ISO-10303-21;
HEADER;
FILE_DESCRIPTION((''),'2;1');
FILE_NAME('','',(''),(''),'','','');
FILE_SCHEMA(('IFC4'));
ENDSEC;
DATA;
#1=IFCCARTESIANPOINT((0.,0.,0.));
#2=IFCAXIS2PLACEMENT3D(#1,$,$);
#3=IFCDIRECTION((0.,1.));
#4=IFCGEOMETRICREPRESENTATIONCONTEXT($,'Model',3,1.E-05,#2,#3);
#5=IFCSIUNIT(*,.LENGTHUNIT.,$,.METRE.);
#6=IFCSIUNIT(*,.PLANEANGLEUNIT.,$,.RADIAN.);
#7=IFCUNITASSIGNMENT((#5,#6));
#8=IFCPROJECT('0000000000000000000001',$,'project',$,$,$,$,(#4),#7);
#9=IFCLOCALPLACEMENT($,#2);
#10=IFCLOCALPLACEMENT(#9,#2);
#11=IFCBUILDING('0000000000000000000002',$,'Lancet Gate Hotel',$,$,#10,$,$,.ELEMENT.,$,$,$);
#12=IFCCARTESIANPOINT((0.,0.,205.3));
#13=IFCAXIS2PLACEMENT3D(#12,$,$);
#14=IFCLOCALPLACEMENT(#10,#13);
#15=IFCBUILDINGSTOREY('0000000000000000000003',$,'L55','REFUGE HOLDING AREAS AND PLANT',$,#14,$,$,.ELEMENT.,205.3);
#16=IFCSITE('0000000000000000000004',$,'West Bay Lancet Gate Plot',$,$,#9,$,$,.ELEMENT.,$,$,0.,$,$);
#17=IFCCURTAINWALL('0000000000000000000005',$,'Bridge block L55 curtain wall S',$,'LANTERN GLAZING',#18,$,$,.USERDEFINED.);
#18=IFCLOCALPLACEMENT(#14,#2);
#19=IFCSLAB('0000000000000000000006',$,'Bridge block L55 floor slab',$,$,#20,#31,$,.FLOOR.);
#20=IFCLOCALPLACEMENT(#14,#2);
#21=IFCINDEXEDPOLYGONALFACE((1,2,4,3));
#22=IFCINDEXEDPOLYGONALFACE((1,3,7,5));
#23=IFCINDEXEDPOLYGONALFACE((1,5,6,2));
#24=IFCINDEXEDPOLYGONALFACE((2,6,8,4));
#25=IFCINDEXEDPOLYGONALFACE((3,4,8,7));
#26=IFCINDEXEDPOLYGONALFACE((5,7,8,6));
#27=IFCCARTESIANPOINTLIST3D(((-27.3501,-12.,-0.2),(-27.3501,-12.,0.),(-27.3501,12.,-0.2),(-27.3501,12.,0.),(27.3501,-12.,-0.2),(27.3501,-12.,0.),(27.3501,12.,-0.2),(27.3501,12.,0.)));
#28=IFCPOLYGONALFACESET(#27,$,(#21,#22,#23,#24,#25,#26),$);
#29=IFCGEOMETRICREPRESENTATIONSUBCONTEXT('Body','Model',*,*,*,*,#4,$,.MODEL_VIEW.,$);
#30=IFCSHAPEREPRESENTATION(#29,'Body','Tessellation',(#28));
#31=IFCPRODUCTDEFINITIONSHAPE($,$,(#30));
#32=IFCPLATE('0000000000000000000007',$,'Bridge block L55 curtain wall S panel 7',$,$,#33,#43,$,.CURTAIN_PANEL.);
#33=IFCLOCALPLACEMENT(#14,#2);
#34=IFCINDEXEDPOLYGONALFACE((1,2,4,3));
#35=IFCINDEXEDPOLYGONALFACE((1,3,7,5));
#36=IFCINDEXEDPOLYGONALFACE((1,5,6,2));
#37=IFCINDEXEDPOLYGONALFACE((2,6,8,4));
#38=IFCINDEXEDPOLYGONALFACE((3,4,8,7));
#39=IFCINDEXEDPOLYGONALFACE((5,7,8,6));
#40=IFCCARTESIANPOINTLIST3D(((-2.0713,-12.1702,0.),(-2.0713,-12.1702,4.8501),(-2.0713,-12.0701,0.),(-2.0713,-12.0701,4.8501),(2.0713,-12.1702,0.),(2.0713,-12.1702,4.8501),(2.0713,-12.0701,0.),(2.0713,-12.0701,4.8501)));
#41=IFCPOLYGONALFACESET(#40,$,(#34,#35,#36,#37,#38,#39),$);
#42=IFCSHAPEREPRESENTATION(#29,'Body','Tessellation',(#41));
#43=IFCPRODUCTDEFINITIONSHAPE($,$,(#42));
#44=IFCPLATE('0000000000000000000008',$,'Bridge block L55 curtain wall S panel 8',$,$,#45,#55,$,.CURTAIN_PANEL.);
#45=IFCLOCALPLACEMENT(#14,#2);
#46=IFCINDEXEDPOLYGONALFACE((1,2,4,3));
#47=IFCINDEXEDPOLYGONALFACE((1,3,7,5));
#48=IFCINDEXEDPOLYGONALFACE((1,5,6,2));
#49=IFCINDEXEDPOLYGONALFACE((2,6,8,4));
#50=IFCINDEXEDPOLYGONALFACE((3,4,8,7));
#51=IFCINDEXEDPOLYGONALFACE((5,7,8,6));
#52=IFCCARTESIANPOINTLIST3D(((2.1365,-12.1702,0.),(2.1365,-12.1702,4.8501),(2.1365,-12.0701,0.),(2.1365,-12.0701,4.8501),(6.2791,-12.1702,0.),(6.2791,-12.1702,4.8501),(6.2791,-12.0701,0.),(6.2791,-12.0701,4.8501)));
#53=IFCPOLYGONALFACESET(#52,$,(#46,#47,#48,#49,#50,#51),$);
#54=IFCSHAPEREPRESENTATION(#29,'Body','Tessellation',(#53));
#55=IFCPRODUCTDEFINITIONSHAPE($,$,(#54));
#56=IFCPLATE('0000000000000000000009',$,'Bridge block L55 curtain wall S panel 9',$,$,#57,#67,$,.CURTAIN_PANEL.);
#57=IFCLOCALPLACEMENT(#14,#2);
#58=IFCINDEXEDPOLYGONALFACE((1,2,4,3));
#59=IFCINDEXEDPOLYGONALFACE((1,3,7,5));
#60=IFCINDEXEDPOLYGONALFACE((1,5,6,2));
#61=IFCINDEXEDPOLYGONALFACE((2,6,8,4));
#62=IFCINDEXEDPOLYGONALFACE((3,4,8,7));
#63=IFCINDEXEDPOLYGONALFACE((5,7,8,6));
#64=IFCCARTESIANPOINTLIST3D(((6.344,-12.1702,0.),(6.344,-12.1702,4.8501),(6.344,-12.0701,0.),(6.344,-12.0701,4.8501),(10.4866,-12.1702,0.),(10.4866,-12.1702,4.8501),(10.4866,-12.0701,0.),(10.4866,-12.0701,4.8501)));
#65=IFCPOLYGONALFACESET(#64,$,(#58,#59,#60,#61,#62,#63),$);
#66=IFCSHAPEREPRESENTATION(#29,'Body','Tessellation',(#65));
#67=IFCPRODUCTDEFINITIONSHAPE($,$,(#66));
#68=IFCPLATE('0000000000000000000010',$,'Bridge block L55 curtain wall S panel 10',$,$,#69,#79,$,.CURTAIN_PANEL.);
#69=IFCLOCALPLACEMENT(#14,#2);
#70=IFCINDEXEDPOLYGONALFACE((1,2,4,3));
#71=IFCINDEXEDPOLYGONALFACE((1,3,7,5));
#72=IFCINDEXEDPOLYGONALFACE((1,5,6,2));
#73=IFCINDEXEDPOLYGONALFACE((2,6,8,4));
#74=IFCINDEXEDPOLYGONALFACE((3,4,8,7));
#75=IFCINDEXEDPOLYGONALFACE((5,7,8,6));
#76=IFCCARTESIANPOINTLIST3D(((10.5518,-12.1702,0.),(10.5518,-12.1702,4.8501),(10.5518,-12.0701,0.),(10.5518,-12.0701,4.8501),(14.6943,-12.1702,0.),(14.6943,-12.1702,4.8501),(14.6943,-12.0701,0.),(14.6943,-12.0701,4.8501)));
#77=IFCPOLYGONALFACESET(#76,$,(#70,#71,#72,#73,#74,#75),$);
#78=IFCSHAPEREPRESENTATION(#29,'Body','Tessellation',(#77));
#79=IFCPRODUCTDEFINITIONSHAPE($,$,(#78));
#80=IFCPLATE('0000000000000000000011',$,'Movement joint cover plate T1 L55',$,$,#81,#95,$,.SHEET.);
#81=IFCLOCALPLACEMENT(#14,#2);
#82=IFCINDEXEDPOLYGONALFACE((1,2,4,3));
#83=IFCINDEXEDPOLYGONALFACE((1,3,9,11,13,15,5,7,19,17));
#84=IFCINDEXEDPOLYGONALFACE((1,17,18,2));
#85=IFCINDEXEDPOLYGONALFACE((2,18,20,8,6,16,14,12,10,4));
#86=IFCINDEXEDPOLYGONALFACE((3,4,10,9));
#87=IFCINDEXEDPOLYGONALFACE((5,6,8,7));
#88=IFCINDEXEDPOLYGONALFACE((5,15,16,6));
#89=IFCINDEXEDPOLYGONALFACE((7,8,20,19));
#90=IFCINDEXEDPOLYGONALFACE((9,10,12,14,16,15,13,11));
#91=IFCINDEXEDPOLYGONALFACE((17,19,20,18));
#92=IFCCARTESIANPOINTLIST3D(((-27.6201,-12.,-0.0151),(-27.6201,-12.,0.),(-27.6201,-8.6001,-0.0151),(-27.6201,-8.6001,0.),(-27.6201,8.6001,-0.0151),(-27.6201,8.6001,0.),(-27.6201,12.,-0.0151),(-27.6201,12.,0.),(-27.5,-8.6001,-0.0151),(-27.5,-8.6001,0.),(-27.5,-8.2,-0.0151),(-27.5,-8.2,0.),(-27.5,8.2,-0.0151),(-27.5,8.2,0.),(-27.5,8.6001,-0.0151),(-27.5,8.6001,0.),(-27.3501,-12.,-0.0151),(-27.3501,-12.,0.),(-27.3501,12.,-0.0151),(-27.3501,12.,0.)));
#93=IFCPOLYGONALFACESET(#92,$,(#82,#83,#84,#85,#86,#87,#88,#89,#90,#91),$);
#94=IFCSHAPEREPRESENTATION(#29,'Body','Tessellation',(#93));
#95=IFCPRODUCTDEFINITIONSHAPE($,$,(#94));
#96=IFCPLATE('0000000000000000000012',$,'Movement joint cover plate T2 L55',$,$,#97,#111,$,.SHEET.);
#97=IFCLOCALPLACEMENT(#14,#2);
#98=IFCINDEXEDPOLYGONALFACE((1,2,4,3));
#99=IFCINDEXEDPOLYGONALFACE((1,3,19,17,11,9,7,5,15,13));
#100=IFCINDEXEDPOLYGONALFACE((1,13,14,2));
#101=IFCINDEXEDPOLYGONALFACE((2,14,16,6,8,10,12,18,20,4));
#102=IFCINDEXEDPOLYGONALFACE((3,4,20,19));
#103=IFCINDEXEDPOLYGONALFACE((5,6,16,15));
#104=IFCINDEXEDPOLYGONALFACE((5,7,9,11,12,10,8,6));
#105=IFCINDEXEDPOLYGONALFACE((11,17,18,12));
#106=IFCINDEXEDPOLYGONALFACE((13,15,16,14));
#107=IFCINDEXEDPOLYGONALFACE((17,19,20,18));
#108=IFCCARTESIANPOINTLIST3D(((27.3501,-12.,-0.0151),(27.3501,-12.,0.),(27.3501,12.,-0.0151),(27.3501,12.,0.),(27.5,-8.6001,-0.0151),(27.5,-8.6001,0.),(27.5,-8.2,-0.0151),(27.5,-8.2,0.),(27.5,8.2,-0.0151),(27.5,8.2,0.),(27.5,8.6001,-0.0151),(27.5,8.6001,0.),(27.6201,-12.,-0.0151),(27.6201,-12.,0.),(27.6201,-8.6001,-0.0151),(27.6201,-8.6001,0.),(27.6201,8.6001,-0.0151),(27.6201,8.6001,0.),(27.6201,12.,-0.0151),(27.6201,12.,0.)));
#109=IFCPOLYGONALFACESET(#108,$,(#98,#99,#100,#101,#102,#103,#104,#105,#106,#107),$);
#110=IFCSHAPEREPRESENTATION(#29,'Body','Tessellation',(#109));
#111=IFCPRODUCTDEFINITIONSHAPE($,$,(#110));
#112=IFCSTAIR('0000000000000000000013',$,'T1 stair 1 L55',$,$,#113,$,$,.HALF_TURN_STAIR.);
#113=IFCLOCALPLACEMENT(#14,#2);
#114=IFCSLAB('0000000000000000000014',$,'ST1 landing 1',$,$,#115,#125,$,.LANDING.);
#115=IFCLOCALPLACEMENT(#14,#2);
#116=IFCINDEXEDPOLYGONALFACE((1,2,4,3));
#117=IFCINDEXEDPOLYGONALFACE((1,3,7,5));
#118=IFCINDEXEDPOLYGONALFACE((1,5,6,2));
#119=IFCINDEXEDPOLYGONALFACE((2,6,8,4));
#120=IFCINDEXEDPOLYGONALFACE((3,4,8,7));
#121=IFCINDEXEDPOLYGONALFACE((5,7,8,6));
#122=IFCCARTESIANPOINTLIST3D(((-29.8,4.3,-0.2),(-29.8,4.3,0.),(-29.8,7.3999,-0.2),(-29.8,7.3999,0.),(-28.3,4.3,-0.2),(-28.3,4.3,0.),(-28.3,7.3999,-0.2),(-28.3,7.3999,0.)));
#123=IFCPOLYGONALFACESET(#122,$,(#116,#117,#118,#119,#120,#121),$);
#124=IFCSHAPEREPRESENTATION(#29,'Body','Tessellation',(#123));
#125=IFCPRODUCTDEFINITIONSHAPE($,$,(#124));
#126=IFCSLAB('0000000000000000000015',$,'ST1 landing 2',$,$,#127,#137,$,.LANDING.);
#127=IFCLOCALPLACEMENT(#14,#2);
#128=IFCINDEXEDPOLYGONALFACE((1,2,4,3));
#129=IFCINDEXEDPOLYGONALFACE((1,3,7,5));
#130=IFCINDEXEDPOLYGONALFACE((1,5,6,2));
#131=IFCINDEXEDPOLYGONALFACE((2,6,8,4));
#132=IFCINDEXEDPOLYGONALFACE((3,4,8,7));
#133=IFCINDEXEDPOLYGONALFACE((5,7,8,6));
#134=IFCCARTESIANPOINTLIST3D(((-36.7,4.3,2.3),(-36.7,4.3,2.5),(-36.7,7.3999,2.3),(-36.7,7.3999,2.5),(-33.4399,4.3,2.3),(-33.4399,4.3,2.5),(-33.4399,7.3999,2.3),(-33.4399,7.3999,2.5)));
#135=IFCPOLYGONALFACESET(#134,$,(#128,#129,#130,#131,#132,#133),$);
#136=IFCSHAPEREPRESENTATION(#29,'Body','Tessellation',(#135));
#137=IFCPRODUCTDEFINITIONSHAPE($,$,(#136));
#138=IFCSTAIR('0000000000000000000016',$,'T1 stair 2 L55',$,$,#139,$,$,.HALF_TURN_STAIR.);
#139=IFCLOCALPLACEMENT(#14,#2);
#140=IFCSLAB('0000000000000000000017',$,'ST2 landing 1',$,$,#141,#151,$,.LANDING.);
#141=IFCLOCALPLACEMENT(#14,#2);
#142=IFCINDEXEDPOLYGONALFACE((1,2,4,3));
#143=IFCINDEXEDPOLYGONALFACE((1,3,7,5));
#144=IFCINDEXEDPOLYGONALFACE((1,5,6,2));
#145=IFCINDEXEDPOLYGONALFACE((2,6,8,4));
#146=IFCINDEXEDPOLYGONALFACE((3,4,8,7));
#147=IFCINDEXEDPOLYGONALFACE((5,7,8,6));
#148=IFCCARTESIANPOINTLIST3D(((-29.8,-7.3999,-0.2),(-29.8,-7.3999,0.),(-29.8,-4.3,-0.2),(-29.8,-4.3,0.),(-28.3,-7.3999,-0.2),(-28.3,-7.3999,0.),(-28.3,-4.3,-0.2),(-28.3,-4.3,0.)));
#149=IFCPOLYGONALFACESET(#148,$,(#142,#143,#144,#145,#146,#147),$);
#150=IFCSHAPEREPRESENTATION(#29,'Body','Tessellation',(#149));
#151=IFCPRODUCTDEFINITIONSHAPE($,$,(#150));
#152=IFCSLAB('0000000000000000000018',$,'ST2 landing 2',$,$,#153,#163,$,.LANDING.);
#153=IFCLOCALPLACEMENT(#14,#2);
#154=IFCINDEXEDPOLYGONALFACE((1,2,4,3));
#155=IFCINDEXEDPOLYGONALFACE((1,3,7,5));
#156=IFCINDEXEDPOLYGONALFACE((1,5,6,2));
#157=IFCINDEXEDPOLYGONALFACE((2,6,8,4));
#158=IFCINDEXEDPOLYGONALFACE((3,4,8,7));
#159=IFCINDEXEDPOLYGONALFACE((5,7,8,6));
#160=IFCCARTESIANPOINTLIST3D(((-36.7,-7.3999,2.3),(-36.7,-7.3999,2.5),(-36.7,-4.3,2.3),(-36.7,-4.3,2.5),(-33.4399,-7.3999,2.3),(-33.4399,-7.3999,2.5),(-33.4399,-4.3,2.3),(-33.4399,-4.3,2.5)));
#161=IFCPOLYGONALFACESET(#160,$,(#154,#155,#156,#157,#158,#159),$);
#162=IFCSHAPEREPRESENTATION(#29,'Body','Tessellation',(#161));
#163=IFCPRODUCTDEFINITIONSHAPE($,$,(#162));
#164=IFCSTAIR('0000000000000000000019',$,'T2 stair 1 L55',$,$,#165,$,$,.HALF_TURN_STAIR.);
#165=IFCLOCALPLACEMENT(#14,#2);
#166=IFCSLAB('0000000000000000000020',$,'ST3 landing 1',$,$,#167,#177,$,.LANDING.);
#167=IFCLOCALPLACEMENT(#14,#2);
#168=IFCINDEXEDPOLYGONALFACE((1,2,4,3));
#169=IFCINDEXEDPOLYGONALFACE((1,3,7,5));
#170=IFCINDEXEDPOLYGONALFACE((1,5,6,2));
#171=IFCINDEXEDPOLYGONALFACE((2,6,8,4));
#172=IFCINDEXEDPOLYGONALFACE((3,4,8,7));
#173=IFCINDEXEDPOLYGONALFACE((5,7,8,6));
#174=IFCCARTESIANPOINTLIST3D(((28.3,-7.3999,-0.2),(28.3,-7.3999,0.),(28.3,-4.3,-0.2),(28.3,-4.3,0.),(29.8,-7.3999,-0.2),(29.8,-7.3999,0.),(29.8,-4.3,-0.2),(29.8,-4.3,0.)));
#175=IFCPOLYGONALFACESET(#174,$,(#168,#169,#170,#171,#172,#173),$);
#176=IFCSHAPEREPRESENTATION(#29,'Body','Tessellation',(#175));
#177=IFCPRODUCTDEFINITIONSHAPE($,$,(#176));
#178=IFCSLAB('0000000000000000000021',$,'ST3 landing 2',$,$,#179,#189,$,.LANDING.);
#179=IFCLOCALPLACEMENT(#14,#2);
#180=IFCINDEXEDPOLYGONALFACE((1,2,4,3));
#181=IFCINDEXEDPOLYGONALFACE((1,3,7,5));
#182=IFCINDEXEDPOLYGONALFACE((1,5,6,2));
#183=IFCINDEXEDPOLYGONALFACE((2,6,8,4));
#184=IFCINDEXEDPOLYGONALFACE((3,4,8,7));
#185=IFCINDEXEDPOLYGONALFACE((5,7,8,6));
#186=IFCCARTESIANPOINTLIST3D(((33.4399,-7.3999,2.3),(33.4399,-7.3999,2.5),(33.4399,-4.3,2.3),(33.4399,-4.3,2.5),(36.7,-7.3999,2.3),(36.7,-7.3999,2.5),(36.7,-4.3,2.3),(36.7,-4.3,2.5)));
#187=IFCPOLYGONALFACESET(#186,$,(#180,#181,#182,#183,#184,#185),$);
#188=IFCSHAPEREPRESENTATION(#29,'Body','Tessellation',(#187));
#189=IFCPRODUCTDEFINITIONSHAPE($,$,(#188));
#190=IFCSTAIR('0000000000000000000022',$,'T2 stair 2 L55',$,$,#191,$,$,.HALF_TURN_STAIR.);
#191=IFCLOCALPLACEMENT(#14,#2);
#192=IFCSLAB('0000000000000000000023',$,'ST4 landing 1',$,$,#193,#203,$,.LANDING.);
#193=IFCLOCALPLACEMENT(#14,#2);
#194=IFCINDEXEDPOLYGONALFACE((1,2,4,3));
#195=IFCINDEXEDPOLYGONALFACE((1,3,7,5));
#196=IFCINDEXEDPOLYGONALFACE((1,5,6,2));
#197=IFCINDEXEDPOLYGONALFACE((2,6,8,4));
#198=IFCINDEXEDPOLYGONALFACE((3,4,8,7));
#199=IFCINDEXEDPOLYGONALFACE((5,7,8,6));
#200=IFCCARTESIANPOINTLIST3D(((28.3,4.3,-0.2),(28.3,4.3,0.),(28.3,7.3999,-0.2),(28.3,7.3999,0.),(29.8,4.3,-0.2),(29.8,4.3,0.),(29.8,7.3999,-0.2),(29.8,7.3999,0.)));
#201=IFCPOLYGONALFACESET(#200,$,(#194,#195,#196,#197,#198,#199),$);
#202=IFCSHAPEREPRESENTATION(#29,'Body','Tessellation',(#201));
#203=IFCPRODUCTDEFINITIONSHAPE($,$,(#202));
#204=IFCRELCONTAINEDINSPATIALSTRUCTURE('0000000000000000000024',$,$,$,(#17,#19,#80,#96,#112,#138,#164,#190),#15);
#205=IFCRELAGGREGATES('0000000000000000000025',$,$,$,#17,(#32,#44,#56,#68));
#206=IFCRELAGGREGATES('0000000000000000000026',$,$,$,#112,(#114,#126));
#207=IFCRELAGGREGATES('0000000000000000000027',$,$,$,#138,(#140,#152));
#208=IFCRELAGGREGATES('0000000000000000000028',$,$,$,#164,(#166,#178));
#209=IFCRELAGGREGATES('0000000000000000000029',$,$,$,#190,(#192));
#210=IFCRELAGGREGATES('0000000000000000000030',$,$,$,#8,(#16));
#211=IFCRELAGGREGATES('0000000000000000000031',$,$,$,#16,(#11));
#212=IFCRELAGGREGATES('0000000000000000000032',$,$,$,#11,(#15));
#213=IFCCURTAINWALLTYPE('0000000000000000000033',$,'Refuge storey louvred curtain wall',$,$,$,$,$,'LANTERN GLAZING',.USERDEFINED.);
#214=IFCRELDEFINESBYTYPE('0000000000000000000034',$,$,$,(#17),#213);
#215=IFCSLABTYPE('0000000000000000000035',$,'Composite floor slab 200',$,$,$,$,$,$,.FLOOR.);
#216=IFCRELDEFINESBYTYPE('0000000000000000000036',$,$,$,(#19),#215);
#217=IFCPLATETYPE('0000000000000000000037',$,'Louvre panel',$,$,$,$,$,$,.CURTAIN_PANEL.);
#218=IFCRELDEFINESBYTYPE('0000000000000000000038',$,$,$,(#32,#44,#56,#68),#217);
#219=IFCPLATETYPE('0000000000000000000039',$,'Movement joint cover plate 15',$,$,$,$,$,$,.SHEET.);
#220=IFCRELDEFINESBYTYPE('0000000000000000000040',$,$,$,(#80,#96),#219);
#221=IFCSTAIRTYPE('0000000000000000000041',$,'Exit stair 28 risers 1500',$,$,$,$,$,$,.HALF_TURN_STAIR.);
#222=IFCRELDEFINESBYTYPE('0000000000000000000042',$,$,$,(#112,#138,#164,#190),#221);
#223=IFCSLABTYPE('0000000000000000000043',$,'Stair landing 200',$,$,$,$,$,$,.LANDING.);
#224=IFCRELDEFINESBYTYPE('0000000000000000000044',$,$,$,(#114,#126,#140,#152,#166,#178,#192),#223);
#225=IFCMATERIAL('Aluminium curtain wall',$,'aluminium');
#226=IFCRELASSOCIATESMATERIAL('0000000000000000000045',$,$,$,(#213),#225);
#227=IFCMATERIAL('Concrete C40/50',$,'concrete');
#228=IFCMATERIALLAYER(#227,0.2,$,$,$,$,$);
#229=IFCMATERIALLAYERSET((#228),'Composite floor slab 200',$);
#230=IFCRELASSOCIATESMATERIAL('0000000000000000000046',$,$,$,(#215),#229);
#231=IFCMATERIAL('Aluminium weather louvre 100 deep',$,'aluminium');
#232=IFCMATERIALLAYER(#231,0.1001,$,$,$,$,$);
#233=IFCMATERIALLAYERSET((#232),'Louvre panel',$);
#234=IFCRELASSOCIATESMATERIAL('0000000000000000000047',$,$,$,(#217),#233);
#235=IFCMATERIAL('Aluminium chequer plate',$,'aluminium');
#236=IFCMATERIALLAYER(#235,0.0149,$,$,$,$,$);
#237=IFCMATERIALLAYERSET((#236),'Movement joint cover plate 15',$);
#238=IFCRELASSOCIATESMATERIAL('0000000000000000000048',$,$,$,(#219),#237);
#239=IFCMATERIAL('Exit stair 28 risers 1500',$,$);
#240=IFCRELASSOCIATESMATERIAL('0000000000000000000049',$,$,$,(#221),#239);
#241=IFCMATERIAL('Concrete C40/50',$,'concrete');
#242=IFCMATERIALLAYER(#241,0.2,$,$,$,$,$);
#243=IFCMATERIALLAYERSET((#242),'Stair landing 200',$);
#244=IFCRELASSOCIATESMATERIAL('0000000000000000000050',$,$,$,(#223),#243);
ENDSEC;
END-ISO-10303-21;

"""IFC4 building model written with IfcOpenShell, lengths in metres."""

from ifc_helpers import new_model, si_unit, direction, frame, origin, origin_2d, place, context, subcontext, project, spatial, polyline, rectangle, outline, extrude, material, layer, layer_set, type_object, element, aggregate, save


model = new_model("IFC4")

# Units and contexts
model_context = context("Model", 3, precision=1e-05, world=origin(), true_north=direction((0.0, 1.0)))
body_context = subcontext(model_context, "Body", "Model", "MODEL_VIEW")
ifc_project = project(units=[si_unit("LENGTHUNIT", "METRE"), si_unit("PLANEANGLEUNIT", "RADIAN")], contexts=[model_context])

# Site, building, storey
site_placement = place(None, origin())
site = spatial("IfcSite", under=ifc_project, at=site_placement, Name="West Bay Lancet Gate Plot", CompositionType="ELEMENT", RefElevation=0.0)
building_placement = place(site_placement, origin())
building = spatial("IfcBuilding", under=site, at=building_placement, Name="Lancet Gate Hotel", CompositionType="ELEMENT")
storey_placement = place(building_placement, frame((0.0, 0.0, 205.3)))
storey = spatial("IfcBuildingStorey", under=building, at=storey_placement, Name="L55", Description="REFUGE HOLDING AREAS AND PLANT", CompositionType="ELEMENT", Elevation=205.3)

# Curtain wall
ifc_material_1 = material(Name="Aluminium curtain wall", Category="aluminium")
curtain_wall_type = type_object("IfcCurtainWallType", Name="Refuge storey louvred curtain wall", ElementType="LANTERN GLAZING", PredefinedType="USERDEFINED", material=ifc_material_1)
curtain_wall_placement = place(storey_placement, origin())
curtain_wall = element("IfcCurtainWall", 1, at=curtain_wall_placement, inside=storey, type_object=curtain_wall_type, Name="Bridge block L55 curtain wall S", ObjectType="LANTERN GLAZING", PredefinedType="USERDEFINED")

# Slab
ifc_material_2 = material(Name="Concrete C40/50", Category="concrete")
ifc_layer_1 = layer(ifc_material_2, 0.2)
ifc_layer_set_1 = layer_set([ifc_layer_1], Name="Composite floor slab 200")
slab_type_1 = type_object("IfcSlabType", Name="Composite floor slab 200", PredefinedType="FLOOR", material=ifc_layer_set_1)
slab_1_placement = place(storey_placement, frame((0.0, 0.0, -0.2)))
element("IfcSlab", 2, at=slab_1_placement, inside=storey, type_object=slab_type_1, Name="Bridge block L55 floor slab", PredefinedType="FLOOR", context=body_context, shape_type="SweptSolid", body=[
    extrude(outline(polyline([(27.3501, -12.0), (27.3501, 12.0), (-27.3501, 12.0), (-27.3501, -12.0), (27.3501, -12.0)])), origin(), (0.0, 0.0, 1.0), 0.2),
])

# Plates
ifc_material_3 = material(Name="Aluminium weather louvre 100 deep", Category="aluminium")
ifc_layer_2 = layer(ifc_material_3, 0.1001)
ifc_layer_set_2 = layer_set([ifc_layer_2], Name="Louvre panel")
plate_type_1 = type_object("IfcPlateType", Name="Louvre panel", PredefinedType="CURTAIN_PANEL", material=ifc_layer_set_2)
plate_1_placement = place(storey_placement, frame((0.0, -12.1201, 0.0), z_axis=(0.0, 0.0, 1.0), x_axis=(1.0, 0.0, 0.0)))
plate_1 = element("IfcPlate", 3, at=plate_1_placement, type_object=plate_type_1, Name="Bridge block L55 curtain wall S panel 7", PredefinedType="CURTAIN_PANEL", context=body_context, shape_type="SweptSolid", body=[
    extrude(rectangle(XDim=4.1426, YDim=0.1001, at=origin_2d()), origin(), (0.0, 0.0, 1.0), 4.8501),
])
plate_2_placement = place(storey_placement, frame((4.2078, -12.1201, 0.0), z_axis=(0.0, 0.0, 1.0), x_axis=(1.0, 0.0, 0.0)))
plate_2 = element("IfcPlate", 4, at=plate_2_placement, type_object=plate_type_1, Name="Bridge block L55 curtain wall S panel 8", PredefinedType="CURTAIN_PANEL", context=body_context, shape_type="SweptSolid", body=[
    extrude(rectangle(XDim=4.1426, YDim=0.1001, at=origin_2d()), origin(), (0.0, 0.0, 1.0), 4.8501),
])
plate_3_placement = place(storey_placement, frame((8.4153, -12.1201, 0.0), z_axis=(0.0, 0.0, 1.0), x_axis=(1.0, 0.0, 0.0)))
plate_3 = element("IfcPlate", 5, at=plate_3_placement, type_object=plate_type_1, Name="Bridge block L55 curtain wall S panel 9", PredefinedType="CURTAIN_PANEL", context=body_context, shape_type="SweptSolid", body=[
    extrude(rectangle(XDim=4.1426, YDim=0.1001, at=origin_2d()), origin(), (0.0, 0.0, 1.0), 4.8501),
])
plate_4_placement = place(storey_placement, frame((12.623, -12.1201, 0.0), z_axis=(0.0, 0.0, 1.0), x_axis=(1.0, 0.0, 0.0)))
plate_4 = element("IfcPlate", 6, at=plate_4_placement, type_object=plate_type_1, Name="Bridge block L55 curtain wall S panel 10", PredefinedType="CURTAIN_PANEL", context=body_context, shape_type="SweptSolid", body=[
    extrude(rectangle(XDim=4.1426, YDim=0.1001, at=origin_2d()), origin(), (0.0, 0.0, 1.0), 4.8501),
])
aggregate(curtain_wall, [plate_1, plate_2, plate_3, plate_4])

# Plates
ifc_material_4 = material(Name="Aluminium chequer plate", Category="aluminium")
ifc_layer_3 = layer(ifc_material_4, 0.0149)
ifc_layer_set_3 = layer_set([ifc_layer_3], Name="Movement joint cover plate 15")
plate_type_2 = type_object("IfcPlateType", Name="Movement joint cover plate 15", PredefinedType="SHEET", material=ifc_layer_set_3)
plate_5_placement = place(storey_placement, frame((0.0, 0.0, -0.0151)))
element("IfcPlate", 7, at=plate_5_placement, inside=storey, type_object=plate_type_2, Name="Movement joint cover plate T1 L55", PredefinedType="SHEET", context=body_context, shape_type="SweptSolid", body=[
    extrude(outline(polyline([(-27.3501, 12.0), (-27.6201, 12.0), (-27.6201, 8.6001), (-27.5, 8.6001), (-27.5, 8.2), (-27.5, -8.2), (-27.5, -8.6001), (-27.6201, -8.6001), (-27.6201, -12.0), (-27.3501, -12.0), (-27.3501, 12.0)])), origin(), (0.0, 0.0, 1.0), 0.0151),
])
plate_6_placement = place(storey_placement, frame((0.0, 0.0, -0.0151)))
element("IfcPlate", 8, at=plate_6_placement, inside=storey, type_object=plate_type_2, Name="Movement joint cover plate T2 L55", PredefinedType="SHEET", context=body_context, shape_type="SweptSolid", body=[
    extrude(outline(polyline([(27.3501, -12.0), (27.6201, -12.0), (27.6201, -8.6001), (27.5, -8.6001), (27.5, -8.2), (27.5, 8.2), (27.5, 8.6001), (27.6201, 8.6001), (27.6201, 12.0), (27.3501, 12.0), (27.3501, -12.0)])), origin(), (0.0, 0.0, 1.0), 0.0151),
])

# Stairs, slabs
ifc_material_5 = material(Name="Exit stair 28 risers 1500")
stair_type = type_object("IfcStairType", Name="Exit stair 28 risers 1500", PredefinedType="HALF_TURN_STAIR", material=ifc_material_5)
stair_1_placement = place(storey_placement, origin())
stair_1 = element("IfcStair", 9, at=stair_1_placement, inside=storey, type_object=stair_type, Name="T1 stair 1 L55", PredefinedType="HALF_TURN_STAIR")
ifc_material_6 = material(Name="Concrete C40/50", Category="concrete")
ifc_layer_4 = layer(ifc_material_6, 0.2)
ifc_layer_set_4 = layer_set([ifc_layer_4], Name="Stair landing 200")
slab_type_2 = type_object("IfcSlabType", Name="Stair landing 200", PredefinedType="LANDING", material=ifc_layer_set_4)
slab_2_placement = place(storey_placement, frame((0.0, 0.0, -0.2)))
slab_2 = element("IfcSlab", 10, at=slab_2_placement, type_object=slab_type_2, Name="ST1 landing 1", PredefinedType="LANDING", context=body_context, shape_type="SweptSolid", body=[
    extrude(outline(polyline([(-28.3, 7.3999), (-29.8, 7.3999), (-29.8, 4.3), (-28.3, 4.3), (-28.3, 7.3999)])), origin(), (0.0, 0.0, 1.0), 0.2),
])
slab_3_placement = place(storey_placement, frame((0.0, 0.0, 2.3)))
slab_3 = element("IfcSlab", 11, at=slab_3_placement, type_object=slab_type_2, Name="ST1 landing 2", PredefinedType="LANDING", context=body_context, shape_type="SweptSolid", body=[
    extrude(outline(polyline([(-33.4399, 7.3999), (-36.7, 7.3999), (-36.7, 4.3), (-33.4399, 4.3), (-33.4399, 7.3999)])), origin(), (0.0, 0.0, 1.0), 0.2),
])
aggregate(stair_1, [slab_2, slab_3])
stair_2_placement = place(storey_placement, origin())
stair_2 = element("IfcStair", 12, at=stair_2_placement, inside=storey, type_object=stair_type, Name="T1 stair 2 L55", PredefinedType="HALF_TURN_STAIR")
slab_4_placement = place(storey_placement, frame((0.0, 0.0, -0.2)))
slab_4 = element("IfcSlab", 13, at=slab_4_placement, type_object=slab_type_2, Name="ST2 landing 1", PredefinedType="LANDING", context=body_context, shape_type="SweptSolid", body=[
    extrude(outline(polyline([(-28.3, -4.3), (-29.8, -4.3), (-29.8, -7.3999), (-28.3, -7.3999), (-28.3, -4.3)])), origin(), (0.0, 0.0, 1.0), 0.2),
])
slab_5_placement = place(storey_placement, frame((0.0, 0.0, 2.3)))
slab_5 = element("IfcSlab", 14, at=slab_5_placement, type_object=slab_type_2, Name="ST2 landing 2", PredefinedType="LANDING", context=body_context, shape_type="SweptSolid", body=[
    extrude(outline(polyline([(-33.4399, -4.3), (-36.7, -4.3), (-36.7, -7.3999), (-33.4399, -7.3999), (-33.4399, -4.3)])), origin(), (0.0, 0.0, 1.0), 0.2),
])
aggregate(stair_2, [slab_4, slab_5])
stair_3_placement = place(storey_placement, origin())
stair_3 = element("IfcStair", 15, at=stair_3_placement, inside=storey, type_object=stair_type, Name="T2 stair 1 L55", PredefinedType="HALF_TURN_STAIR")
slab_6_placement = place(storey_placement, frame((0.0, 0.0, -0.2)))
slab_6 = element("IfcSlab", 16, at=slab_6_placement, type_object=slab_type_2, Name="ST3 landing 1", PredefinedType="LANDING", context=body_context, shape_type="SweptSolid", body=[
    extrude(outline(polyline([(28.3, -7.3999), (29.8, -7.3999), (29.8, -4.3), (28.3, -4.3), (28.3, -7.3999)])), origin(), (0.0, 0.0, 1.0), 0.2),
])
slab_7_placement = place(storey_placement, frame((0.0, 0.0, 2.3)))
slab_7 = element("IfcSlab", 17, at=slab_7_placement, type_object=slab_type_2, Name="ST3 landing 2", PredefinedType="LANDING", context=body_context, shape_type="SweptSolid", body=[
    extrude(outline(polyline([(33.4399, -7.3999), (36.7, -7.3999), (36.7, -4.3), (33.4399, -4.3), (33.4399, -7.3999)])), origin(), (0.0, 0.0, 1.0), 0.2),
])
aggregate(stair_3, [slab_6, slab_7])
stair_4_placement = place(storey_placement, origin())
stair_4 = element("IfcStair", 18, at=stair_4_placement, inside=storey, type_object=stair_type, Name="T2 stair 2 L55", PredefinedType="HALF_TURN_STAIR")
slab_8_placement = place(storey_placement, frame((0.0, 0.0, -0.2)))
slab_8 = element("IfcSlab", 19, at=slab_8_placement, type_object=slab_type_2, Name="ST4 landing 1", PredefinedType="LANDING", context=body_context, shape_type="SweptSolid", body=[
    extrude(outline(polyline([(28.3, 4.3), (29.8, 4.3), (29.8, 7.3999), (28.3, 7.3999), (28.3, 4.3)])), origin(), (0.0, 0.0, 1.0), 0.2),
])
aggregate(stair_4, [slab_8])

save(model, "model.ifc")
